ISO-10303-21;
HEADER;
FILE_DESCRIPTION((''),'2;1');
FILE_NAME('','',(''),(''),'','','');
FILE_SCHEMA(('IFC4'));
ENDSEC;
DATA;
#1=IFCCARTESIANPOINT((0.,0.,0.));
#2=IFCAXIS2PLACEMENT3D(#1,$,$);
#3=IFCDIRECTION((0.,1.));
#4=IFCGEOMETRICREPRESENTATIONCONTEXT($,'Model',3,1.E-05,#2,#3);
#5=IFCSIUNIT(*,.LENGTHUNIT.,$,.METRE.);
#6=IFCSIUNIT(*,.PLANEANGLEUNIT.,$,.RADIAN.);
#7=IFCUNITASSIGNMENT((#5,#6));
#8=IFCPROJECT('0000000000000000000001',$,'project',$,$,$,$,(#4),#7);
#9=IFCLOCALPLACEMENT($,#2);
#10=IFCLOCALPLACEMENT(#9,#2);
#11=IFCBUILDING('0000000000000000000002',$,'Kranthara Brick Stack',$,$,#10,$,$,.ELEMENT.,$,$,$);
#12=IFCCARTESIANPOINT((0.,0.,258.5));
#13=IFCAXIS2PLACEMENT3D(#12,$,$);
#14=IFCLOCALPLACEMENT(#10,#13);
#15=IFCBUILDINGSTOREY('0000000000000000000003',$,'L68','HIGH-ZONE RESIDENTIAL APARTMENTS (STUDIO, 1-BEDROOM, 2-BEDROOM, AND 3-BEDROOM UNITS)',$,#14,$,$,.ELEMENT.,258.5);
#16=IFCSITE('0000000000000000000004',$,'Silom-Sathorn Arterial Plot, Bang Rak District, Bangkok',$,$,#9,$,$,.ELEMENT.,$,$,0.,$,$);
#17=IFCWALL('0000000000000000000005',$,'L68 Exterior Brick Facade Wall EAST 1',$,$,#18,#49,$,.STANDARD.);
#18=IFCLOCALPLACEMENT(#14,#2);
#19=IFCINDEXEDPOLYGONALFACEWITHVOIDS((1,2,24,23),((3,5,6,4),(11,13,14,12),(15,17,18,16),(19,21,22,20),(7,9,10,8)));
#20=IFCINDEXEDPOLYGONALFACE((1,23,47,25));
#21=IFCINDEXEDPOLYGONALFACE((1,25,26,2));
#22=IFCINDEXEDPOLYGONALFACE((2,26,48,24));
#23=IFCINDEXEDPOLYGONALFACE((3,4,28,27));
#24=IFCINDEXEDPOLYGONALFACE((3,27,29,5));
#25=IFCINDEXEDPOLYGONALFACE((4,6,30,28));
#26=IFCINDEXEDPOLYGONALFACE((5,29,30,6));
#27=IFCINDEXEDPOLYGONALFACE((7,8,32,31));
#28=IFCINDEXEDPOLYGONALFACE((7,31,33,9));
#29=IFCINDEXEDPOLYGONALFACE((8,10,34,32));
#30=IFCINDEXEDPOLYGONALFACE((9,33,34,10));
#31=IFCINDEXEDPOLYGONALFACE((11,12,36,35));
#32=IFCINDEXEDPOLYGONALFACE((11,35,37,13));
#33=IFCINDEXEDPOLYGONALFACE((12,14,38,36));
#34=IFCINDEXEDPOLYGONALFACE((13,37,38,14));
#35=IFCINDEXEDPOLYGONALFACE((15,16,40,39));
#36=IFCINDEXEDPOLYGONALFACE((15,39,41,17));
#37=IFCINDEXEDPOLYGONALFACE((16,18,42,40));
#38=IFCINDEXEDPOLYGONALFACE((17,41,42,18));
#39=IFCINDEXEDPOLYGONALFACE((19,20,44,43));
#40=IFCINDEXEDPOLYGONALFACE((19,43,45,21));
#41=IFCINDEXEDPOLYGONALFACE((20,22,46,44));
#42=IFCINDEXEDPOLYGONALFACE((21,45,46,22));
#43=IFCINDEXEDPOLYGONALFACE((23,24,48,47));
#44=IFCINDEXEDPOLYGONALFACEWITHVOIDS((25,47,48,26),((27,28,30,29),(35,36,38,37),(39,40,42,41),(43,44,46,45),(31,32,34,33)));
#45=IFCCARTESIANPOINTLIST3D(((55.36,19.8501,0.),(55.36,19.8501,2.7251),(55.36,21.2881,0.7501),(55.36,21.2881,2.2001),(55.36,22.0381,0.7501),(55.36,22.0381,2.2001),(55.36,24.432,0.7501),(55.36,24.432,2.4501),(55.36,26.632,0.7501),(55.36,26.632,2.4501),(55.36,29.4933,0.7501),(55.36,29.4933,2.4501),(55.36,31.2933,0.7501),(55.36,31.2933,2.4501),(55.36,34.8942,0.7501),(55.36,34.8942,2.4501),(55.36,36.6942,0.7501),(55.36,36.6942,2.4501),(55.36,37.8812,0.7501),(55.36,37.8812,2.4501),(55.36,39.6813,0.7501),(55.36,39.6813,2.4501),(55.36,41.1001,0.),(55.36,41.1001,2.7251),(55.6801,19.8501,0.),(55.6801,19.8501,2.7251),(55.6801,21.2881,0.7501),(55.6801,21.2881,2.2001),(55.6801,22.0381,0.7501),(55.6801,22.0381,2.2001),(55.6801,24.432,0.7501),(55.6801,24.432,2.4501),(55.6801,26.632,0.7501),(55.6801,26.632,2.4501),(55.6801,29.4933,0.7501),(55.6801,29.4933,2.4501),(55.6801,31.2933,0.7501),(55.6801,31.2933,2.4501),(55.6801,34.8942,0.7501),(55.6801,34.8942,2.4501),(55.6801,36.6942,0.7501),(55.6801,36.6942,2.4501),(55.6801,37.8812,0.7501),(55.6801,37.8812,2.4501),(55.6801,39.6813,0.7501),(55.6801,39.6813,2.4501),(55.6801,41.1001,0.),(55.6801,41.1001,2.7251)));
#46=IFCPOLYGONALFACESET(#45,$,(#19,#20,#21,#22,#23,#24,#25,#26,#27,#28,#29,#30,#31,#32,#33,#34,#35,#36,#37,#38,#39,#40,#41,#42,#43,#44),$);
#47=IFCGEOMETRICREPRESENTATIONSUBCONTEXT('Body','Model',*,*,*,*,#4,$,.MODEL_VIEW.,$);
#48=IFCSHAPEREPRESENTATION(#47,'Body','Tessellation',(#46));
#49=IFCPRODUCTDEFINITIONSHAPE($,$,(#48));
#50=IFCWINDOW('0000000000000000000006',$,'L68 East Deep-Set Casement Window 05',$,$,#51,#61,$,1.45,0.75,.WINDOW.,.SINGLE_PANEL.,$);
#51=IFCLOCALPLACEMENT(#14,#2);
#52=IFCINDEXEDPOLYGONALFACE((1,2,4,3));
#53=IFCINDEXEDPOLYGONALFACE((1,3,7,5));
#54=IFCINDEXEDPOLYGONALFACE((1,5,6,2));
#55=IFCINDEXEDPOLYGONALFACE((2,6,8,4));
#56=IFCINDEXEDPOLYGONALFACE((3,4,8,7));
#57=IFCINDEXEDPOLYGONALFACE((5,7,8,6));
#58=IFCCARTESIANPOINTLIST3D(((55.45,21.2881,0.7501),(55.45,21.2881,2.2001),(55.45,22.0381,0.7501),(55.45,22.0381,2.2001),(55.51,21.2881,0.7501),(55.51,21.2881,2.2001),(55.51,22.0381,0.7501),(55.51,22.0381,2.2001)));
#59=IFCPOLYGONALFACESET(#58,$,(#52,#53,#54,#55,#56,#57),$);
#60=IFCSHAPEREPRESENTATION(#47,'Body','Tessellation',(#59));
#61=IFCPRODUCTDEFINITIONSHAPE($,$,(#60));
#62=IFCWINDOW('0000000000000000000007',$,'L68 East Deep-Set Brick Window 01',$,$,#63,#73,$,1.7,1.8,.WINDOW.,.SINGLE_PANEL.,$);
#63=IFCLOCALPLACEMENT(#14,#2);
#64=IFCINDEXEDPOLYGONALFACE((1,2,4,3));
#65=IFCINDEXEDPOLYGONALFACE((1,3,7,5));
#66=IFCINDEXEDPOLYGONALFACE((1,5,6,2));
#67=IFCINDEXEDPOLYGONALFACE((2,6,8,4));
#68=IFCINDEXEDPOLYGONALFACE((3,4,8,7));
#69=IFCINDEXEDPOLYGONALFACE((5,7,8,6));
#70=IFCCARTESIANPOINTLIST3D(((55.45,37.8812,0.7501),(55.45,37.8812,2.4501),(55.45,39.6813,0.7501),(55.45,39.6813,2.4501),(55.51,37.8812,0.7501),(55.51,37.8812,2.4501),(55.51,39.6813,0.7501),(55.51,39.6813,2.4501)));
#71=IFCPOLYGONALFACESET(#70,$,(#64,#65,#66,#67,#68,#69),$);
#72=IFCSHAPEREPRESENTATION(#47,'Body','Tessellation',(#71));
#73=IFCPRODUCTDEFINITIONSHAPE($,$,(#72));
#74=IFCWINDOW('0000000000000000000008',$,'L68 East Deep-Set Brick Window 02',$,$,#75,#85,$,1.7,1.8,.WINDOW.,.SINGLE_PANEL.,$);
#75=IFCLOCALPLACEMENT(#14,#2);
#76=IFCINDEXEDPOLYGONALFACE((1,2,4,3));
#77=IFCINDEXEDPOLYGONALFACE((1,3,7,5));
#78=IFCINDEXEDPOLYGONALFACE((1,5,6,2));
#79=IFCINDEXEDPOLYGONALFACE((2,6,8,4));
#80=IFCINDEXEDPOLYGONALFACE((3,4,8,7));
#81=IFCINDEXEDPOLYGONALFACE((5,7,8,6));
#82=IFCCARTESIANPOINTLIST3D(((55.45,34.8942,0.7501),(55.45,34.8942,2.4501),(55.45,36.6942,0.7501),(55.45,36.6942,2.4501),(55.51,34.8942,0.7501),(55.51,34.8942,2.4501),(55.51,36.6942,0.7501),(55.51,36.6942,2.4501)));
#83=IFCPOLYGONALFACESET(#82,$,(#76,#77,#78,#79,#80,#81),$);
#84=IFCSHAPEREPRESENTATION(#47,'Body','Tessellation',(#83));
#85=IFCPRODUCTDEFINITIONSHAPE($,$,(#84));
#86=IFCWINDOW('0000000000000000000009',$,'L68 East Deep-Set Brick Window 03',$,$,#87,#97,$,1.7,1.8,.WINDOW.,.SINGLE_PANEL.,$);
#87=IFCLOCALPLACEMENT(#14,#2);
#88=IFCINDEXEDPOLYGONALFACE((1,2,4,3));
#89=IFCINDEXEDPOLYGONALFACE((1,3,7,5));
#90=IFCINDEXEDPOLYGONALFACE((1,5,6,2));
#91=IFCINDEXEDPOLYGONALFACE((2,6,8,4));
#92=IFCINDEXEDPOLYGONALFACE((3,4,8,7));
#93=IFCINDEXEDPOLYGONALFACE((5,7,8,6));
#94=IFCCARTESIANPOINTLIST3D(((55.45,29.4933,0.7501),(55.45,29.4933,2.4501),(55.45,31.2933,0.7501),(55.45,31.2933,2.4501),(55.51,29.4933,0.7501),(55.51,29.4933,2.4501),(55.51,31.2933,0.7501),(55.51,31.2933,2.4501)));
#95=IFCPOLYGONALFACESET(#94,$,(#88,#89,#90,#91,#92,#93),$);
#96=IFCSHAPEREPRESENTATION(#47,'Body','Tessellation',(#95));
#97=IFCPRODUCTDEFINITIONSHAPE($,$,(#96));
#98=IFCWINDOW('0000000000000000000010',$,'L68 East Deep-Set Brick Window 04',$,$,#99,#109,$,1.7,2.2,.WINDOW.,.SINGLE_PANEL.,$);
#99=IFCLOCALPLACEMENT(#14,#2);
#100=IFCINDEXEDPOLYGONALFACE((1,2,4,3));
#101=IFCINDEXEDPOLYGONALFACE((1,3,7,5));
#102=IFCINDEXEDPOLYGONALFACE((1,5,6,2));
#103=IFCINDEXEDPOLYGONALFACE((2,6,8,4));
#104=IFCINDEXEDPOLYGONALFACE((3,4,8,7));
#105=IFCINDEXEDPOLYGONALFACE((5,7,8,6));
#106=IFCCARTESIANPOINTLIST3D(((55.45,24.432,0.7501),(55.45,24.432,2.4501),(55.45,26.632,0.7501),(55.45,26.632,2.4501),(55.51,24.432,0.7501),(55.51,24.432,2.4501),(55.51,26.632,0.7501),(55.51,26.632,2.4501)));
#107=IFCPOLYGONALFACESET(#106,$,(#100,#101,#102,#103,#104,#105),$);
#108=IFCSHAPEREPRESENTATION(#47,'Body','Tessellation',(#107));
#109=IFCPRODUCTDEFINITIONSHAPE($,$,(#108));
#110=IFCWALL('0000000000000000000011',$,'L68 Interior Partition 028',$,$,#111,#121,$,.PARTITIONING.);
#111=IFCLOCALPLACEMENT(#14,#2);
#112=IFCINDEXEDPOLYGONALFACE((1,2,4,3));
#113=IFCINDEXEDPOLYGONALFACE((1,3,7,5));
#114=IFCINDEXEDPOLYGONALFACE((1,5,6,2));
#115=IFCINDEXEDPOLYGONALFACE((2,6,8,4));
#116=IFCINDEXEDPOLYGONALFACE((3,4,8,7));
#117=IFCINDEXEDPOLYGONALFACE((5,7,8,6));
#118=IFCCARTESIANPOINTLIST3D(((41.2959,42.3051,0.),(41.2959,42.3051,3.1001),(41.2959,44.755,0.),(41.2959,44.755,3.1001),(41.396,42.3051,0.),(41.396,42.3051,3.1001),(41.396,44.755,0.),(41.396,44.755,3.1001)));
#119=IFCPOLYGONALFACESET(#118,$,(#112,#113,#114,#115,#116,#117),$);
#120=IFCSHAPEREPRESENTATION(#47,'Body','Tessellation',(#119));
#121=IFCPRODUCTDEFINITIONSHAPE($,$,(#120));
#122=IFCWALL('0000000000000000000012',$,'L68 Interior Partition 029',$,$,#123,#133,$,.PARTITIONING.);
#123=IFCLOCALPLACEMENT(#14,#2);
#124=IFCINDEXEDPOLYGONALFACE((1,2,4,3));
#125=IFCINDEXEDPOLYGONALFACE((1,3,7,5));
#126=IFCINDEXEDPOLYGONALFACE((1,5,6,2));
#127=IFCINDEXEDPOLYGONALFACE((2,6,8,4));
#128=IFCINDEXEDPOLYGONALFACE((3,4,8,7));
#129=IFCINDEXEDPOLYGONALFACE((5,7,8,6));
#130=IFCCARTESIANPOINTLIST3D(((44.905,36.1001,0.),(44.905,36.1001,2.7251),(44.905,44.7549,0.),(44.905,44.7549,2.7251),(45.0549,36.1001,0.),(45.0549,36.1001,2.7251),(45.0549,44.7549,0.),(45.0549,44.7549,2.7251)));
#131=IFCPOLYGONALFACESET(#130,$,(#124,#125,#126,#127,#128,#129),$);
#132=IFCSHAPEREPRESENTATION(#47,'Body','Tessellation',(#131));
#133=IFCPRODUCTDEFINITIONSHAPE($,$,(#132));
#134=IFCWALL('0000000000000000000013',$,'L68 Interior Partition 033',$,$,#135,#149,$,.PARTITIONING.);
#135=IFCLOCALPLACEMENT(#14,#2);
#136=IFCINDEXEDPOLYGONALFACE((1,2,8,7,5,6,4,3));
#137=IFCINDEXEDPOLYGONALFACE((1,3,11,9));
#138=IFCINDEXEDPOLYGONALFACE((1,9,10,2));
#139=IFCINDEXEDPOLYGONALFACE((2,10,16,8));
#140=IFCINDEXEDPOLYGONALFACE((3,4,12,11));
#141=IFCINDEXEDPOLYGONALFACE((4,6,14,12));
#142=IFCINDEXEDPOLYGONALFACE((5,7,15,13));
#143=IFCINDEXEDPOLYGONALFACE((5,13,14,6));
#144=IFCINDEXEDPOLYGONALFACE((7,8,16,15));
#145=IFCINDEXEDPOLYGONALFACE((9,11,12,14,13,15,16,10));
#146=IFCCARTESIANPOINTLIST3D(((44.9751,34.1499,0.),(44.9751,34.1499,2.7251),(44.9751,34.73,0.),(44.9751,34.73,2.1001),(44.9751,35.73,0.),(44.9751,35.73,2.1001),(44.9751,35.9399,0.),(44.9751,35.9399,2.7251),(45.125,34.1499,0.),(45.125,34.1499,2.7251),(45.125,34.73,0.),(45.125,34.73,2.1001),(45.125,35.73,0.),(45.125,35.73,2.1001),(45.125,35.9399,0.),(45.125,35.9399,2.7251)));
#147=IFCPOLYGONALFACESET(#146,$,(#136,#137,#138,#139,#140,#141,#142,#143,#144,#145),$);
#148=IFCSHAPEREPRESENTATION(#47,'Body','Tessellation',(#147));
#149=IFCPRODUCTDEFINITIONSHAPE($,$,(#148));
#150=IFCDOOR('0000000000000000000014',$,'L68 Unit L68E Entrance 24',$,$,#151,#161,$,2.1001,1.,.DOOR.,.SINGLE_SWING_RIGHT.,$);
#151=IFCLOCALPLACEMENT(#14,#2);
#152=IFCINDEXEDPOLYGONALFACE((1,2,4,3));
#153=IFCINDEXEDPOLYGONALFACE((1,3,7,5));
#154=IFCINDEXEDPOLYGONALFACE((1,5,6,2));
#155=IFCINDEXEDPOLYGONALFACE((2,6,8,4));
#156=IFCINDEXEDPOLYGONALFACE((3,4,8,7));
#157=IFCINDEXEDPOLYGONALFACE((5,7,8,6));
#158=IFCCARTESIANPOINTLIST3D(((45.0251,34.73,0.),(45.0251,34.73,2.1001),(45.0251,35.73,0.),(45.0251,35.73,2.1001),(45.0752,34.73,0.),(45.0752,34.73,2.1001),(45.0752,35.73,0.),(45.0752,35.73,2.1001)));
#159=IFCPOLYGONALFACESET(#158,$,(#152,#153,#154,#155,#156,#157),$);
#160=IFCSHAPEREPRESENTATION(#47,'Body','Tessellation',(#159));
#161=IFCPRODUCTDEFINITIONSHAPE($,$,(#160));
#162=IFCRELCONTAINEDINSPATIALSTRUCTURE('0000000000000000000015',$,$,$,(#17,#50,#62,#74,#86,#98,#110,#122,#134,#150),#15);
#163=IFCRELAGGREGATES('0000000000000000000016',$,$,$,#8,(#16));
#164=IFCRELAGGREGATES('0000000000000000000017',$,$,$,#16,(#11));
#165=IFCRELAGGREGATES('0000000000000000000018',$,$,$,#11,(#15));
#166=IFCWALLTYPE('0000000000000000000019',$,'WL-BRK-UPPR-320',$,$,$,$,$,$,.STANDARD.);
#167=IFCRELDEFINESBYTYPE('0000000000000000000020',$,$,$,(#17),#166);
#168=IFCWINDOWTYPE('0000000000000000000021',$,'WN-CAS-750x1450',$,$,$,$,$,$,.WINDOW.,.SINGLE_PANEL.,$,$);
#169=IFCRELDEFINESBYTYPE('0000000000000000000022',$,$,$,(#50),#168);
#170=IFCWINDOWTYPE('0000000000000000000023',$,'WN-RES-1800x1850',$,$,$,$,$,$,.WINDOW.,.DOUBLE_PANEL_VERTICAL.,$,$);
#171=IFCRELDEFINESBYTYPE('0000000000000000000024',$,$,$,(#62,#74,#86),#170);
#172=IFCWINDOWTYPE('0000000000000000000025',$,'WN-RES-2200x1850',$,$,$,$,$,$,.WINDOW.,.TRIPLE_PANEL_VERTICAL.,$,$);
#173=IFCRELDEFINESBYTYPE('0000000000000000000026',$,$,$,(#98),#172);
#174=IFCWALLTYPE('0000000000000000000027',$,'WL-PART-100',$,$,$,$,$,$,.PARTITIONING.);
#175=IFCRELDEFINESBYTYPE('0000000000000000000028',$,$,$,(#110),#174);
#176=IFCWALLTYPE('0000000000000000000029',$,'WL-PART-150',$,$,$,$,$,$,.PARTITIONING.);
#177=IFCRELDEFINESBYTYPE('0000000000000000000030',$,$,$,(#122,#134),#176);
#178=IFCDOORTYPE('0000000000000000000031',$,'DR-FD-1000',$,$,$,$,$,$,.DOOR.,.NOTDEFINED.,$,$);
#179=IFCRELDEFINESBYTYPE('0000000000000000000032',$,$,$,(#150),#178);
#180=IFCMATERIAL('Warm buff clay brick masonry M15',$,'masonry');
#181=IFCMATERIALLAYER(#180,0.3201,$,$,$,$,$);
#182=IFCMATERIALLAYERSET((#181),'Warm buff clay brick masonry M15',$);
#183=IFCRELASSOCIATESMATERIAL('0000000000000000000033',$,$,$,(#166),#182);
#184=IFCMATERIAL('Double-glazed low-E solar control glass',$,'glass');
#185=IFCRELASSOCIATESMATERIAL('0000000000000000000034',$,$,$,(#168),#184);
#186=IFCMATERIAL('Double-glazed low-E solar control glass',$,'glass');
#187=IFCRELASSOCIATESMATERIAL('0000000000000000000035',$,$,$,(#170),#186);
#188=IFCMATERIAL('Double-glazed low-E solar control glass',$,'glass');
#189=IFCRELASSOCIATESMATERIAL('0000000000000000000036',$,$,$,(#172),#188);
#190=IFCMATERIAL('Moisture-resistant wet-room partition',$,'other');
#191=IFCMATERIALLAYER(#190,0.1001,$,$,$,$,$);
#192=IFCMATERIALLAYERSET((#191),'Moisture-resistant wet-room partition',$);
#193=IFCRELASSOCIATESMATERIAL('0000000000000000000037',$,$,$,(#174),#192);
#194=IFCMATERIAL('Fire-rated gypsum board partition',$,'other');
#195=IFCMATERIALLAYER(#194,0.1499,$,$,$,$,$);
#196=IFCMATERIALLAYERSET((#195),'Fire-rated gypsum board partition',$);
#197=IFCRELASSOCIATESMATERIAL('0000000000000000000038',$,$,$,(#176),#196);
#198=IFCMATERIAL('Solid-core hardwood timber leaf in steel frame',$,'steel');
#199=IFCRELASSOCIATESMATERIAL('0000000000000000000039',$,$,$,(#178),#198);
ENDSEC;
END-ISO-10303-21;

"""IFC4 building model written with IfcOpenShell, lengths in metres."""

from ifc_helpers import new_model, si_unit, direction, frame, frame_2d, origin, place, context, subcontext, project, spatial, rectangle, extrude, material, layer, layer_set, type_object, element, fill, save


model = new_model("IFC4")

# Units and contexts
model_context = context("Model", 3, precision=1e-05, world=origin(), true_north=direction((0.0, 1.0)))
body_context = subcontext(model_context, "Body", "Model", "MODEL_VIEW")
ifc_project = project(units=[si_unit("LENGTHUNIT", "METRE"), si_unit("PLANEANGLEUNIT", "RADIAN")], contexts=[model_context])

# Site, building, storey
site_placement = place(None, origin())
site = spatial("IfcSite", under=ifc_project, at=site_placement, Name="Silom-Sathorn Arterial Plot, Bang Rak District, Bangkok", CompositionType="ELEMENT", RefElevation=0.0)
building_placement = place(site_placement, origin())
building = spatial("IfcBuilding", under=site, at=building_placement, Name="Kranthara Brick Stack", CompositionType="ELEMENT")
storey_placement = place(building_placement, frame((0.0, 0.0, 258.5)))
storey = spatial("IfcBuildingStorey", under=building, at=storey_placement, Name="L68", Description="HIGH-ZONE RESIDENTIAL APARTMENTS (STUDIO, 1-BEDROOM, 2-BEDROOM, AND 3-BEDROOM UNITS)", CompositionType="ELEMENT", Elevation=258.5)

# Shared definitions
ifc_material_1 = material(Name="Warm buff clay brick masonry M15", Category="masonry")
ifc_layer_1 = layer(ifc_material_1, 0.3201)
ifc_layer_set_1 = layer_set([ifc_layer_1], Name="Warm buff clay brick masonry M15")
wall_type_1 = type_object("IfcWallType", Name="WL-BRK-UPPR-320", PredefinedType="STANDARD", material=ifc_layer_set_1)

# Wall, openings, windows
wall_1_placement = place(storey_placement, frame((55.52, 41.1001, 0.0), z_axis=(0.0, 0.0, 1.0), x_axis=(0.0, -1.0, 0.0)))
wall_1 = element("IfcWall", 1, at=wall_1_placement, inside=storey, type_object=wall_type_1, Name="L68 Exterior Brick Facade Wall EAST 1", PredefinedType="STANDARD", context=body_context, shape_type="SweptSolid", body=[
    extrude(rectangle(XDim=21.25, YDim=0.3201, at=frame_2d((10.625, 0.0))), origin(), (0.0, 0.0, 1.0), 2.7251),
])
opening_1_placement = place(wall_1_placement, frame((1.4189, 0.0, 0.75)))
opening_1 = element("IfcOpeningElement", 2, at=opening_1_placement, cuts=wall_1, PredefinedType="OPENING", context=body_context, shape_type="SweptSolid", body=[
    extrude(rectangle(XDim=1.8, YDim=1.7, at=frame_2d((0.8999, 0.8501))), frame((0.0, 0.1699, 0.0), z_axis=(0.0, -1.0, 0.0), x_axis=(1.0, 0.0, 0.0)), (0.0, 0.0, 1.0), 0.3401),
])
opening_2_placement = place(wall_1_placement, frame((4.406, 0.0, 0.75)))
opening_2 = element("IfcOpeningElement", 3, at=opening_2_placement, cuts=wall_1, PredefinedType="OPENING", context=body_context, shape_type="SweptSolid", body=[
    extrude(rectangle(XDim=1.8, YDim=1.7, at=frame_2d((0.8999, 0.8501))), frame((0.0, 0.1699, 0.0), z_axis=(0.0, -1.0, 0.0), x_axis=(1.0, 0.0, 0.0)), (0.0, 0.0, 1.0), 0.3401),
])
opening_3_placement = place(wall_1_placement, frame((9.8069, 0.0, 0.75)))
opening_3 = element("IfcOpeningElement", 4, at=opening_3_placement, cuts=wall_1, PredefinedType="OPENING", context=body_context, shape_type="SweptSolid", body=[
    extrude(rectangle(XDim=1.8, YDim=1.7, at=frame_2d((0.8999, 0.8501))), frame((0.0, 0.1699, 0.0), z_axis=(0.0, -1.0, 0.0), x_axis=(1.0, 0.0, 0.0)), (0.0, 0.0, 1.0), 0.3401),
])
opening_4_placement = place(wall_1_placement, frame((14.468, 0.0, 0.75)))
opening_4 = element("IfcOpeningElement", 5, at=opening_4_placement, cuts=wall_1, PredefinedType="OPENING", context=body_context, shape_type="SweptSolid", body=[
    extrude(rectangle(XDim=2.2, YDim=1.7, at=frame_2d((1.1001, 0.8501))), frame((0.0, 0.1699, 0.0), z_axis=(0.0, -1.0, 0.0), x_axis=(1.0, 0.0, 0.0)), (0.0, 0.0, 1.0), 0.3401),
])
opening_5_placement = place(wall_1_placement, frame((19.062, 0.0, 0.75)))
opening_5 = element("IfcOpeningElement", 6, at=opening_5_placement, cuts=wall_1, PredefinedType="OPENING", context=body_context, shape_type="SweptSolid", body=[
    extrude(rectangle(XDim=0.75, YDim=1.45, at=frame_2d((0.375, 0.7251))), frame((0.0, 0.1699, 0.0), z_axis=(0.0, -1.0, 0.0), x_axis=(1.0, 0.0, 0.0)), (0.0, 0.0, 1.0), 0.3401),
])
ifc_material_2 = material(Name="Double-glazed low-E solar control glass", Category="glass")
window_type_1 = type_object("IfcWindowType", Name="WN-CAS-750x1450", PartitioningType="SINGLE_PANEL", PredefinedType="WINDOW", material=ifc_material_2)
window_1_placement = place(opening_5_placement, origin())
window_1 = element("IfcWindow", 7, at=window_1_placement, inside=storey, type_object=window_type_1, Name="L68 East Deep-Set Casement Window 05", OverallHeight=1.45, OverallWidth=0.75, PartitioningType="SINGLE_PANEL", PredefinedType="WINDOW", context=body_context, shape_type="SweptSolid", body=[
    extrude(rectangle(XDim=0.75, YDim=1.45, at=frame_2d((0.375, 0.7251))), frame((0.0, -0.01, 0.0), z_axis=(0.0, -1.0, 0.0), x_axis=(1.0, 0.0, 0.0)), (0.0, 0.0, 1.0), 0.0601),
])
fill(opening_5, window_1)
ifc_material_3 = material(Name="Double-glazed low-E solar control glass", Category="glass")
window_type_2 = type_object("IfcWindowType", Name="WN-RES-1800x1850", PartitioningType="DOUBLE_PANEL_VERTICAL", PredefinedType="WINDOW", material=ifc_material_3)
window_2_placement = place(opening_1_placement, origin())
window_2 = element("IfcWindow", 8, at=window_2_placement, inside=storey, type_object=window_type_2, Name="L68 East Deep-Set Brick Window 01", OverallHeight=1.7, OverallWidth=1.8, PartitioningType="SINGLE_PANEL", PredefinedType="WINDOW", context=body_context, shape_type="SweptSolid", body=[
    extrude(rectangle(XDim=1.8, YDim=1.7, at=frame_2d((0.8999, 0.8501))), frame((0.0, -0.01, 0.0), z_axis=(0.0, -1.0, 0.0), x_axis=(1.0, 0.0, 0.0)), (0.0, 0.0, 1.0), 0.0601),
])
fill(opening_1, window_2)
window_3_placement = place(opening_2_placement, origin())
window_3 = element("IfcWindow", 9, at=window_3_placement, inside=storey, type_object=window_type_2, Name="L68 East Deep-Set Brick Window 02", OverallHeight=1.7, OverallWidth=1.8, PartitioningType="SINGLE_PANEL", PredefinedType="WINDOW", context=body_context, shape_type="SweptSolid", body=[
    extrude(rectangle(XDim=1.8, YDim=1.7, at=frame_2d((0.8999, 0.8501))), frame((0.0, -0.01, 0.0), z_axis=(0.0, -1.0, 0.0), x_axis=(1.0, 0.0, 0.0)), (0.0, 0.0, 1.0), 0.0601),
])
fill(opening_2, window_3)
window_4_placement = place(opening_3_placement, origin())
window_4 = element("IfcWindow", 10, at=window_4_placement, inside=storey, type_object=window_type_2, Name="L68 East Deep-Set Brick Window 03", OverallHeight=1.7, OverallWidth=1.8, PartitioningType="SINGLE_PANEL", PredefinedType="WINDOW", context=body_context, shape_type="SweptSolid", body=[
    extrude(rectangle(XDim=1.8, YDim=1.7, at=frame_2d((0.8999, 0.8501))), frame((0.0, -0.01, 0.0), z_axis=(0.0, -1.0, 0.0), x_axis=(1.0, 0.0, 0.0)), (0.0, 0.0, 1.0), 0.0601),
])
fill(opening_3, window_4)
ifc_material_4 = material(Name="Double-glazed low-E solar control glass", Category="glass")
window_type_3 = type_object("IfcWindowType", Name="WN-RES-2200x1850", PartitioningType="TRIPLE_PANEL_VERTICAL", PredefinedType="WINDOW", material=ifc_material_4)
window_5_placement = place(opening_4_placement, origin())
window_5 = element("IfcWindow", 11, at=window_5_placement, inside=storey, type_object=window_type_3, Name="L68 East Deep-Set Brick Window 04", OverallHeight=1.7, OverallWidth=2.2, PartitioningType="SINGLE_PANEL", PredefinedType="WINDOW", context=body_context, shape_type="SweptSolid", body=[
    extrude(rectangle(XDim=2.2, YDim=1.7, at=frame_2d((1.1001, 0.8501))), frame((0.0, -0.01, 0.0), z_axis=(0.0, -1.0, 0.0), x_axis=(1.0, 0.0, 0.0)), (0.0, 0.0, 1.0), 0.0601),
])
fill(opening_4, window_5)

# Walls
ifc_material_5 = material(Name="Moisture-resistant wet-room partition", Category="other")
ifc_layer_2 = layer(ifc_material_5, 0.1001)
ifc_layer_set_2 = layer_set([ifc_layer_2], Name="Moisture-resistant wet-room partition")
wall_type_2 = type_object("IfcWallType", Name="WL-PART-100", PredefinedType="PARTITIONING", material=ifc_layer_set_2)
wall_2_placement = place(storey_placement, frame((41.3459, 42.3049, 0.0), z_axis=(0.0, 0.0, 1.0), x_axis=(0.0, 1.0, 0.0)))
element("IfcWall", 12, at=wall_2_placement, inside=storey, type_object=wall_type_2, Name="L68 Interior Partition 028", PredefinedType="PARTITIONING", context=body_context, shape_type="SweptSolid", body=[
    extrude(rectangle(XDim=2.45, YDim=0.1001, at=frame_2d((1.2251, 0.0))), origin(), (0.0, 0.0, 1.0), 3.1001),
])
ifc_material_6 = material(Name="Fire-rated gypsum board partition", Category="other")
ifc_layer_3 = layer(ifc_material_6, 0.1499)
ifc_layer_set_3 = layer_set([ifc_layer_3], Name="Fire-rated gypsum board partition")
wall_type_3 = type_object("IfcWallType", Name="WL-PART-150", PredefinedType="PARTITIONING", material=ifc_layer_set_3)
wall_3_placement = place(storey_placement, frame((44.98, 36.1001, 0.0), z_axis=(0.0, 0.0, 1.0), x_axis=(0.0, 1.0, 0.0)))
element("IfcWall", 13, at=wall_3_placement, inside=storey, type_object=wall_type_3, Name="L68 Interior Partition 029", PredefinedType="PARTITIONING", context=body_context, shape_type="SweptSolid", body=[
    extrude(rectangle(XDim=8.6548, YDim=0.1499, at=frame_2d((4.3274, 0.0))), origin(), (0.0, 0.0, 1.0), 2.7251),
])

# Wall, opening, door
wall_4_placement = place(storey_placement, frame((45.05, 34.1499, 0.0), z_axis=(0.0, 0.0, 1.0), x_axis=(0.0, 1.0, 0.0)))
wall_4 = element("IfcWall", 14, at=wall_4_placement, inside=storey, type_object=wall_type_3, Name="L68 Interior Partition 033", PredefinedType="PARTITIONING", context=body_context, shape_type="SweptSolid", body=[
    extrude(rectangle(XDim=1.79, YDim=0.1499, at=frame_2d((0.895, 0.0))), origin(), (0.0, 0.0, 1.0), 2.7251),
])
opening_6_placement = place(wall_4_placement, frame((0.5801, 0.0, 0.0)))
opening_6 = element("IfcOpeningElement", 15, at=opening_6_placement, cuts=wall_4, PredefinedType="OPENING", context=body_context, shape_type="SweptSolid", body=[
    extrude(rectangle(XDim=1.0, YDim=2.1001, at=frame_2d((0.5, 1.05))), frame((0.0, 0.085, 0.0), z_axis=(0.0, -1.0, 0.0), x_axis=(1.0, 0.0, 0.0)), (0.0, 0.0, 1.0), 0.1699),
])
ifc_material_7 = material(Name="Solid-core hardwood timber leaf in steel frame", Category="steel")
door_type = type_object("IfcDoorType", Name="DR-FD-1000", OperationType="NOTDEFINED", PredefinedType="DOOR", material=ifc_material_7)
door_placement = place(opening_6_placement, origin())
door = element("IfcDoor", 16, at=door_placement, inside=storey, type_object=door_type, Name="L68 Unit L68E Entrance 24", OperationType="SINGLE_SWING_RIGHT", OverallHeight=2.1001, OverallWidth=1.0, PredefinedType="DOOR", context=body_context, shape_type="SweptSolid", body=[
    extrude(rectangle(XDim=1.0, YDim=2.1001, at=frame_2d((0.5, 1.05))), frame((0.0, 0.0249, 0.0), z_axis=(0.0, -1.0, 0.0), x_axis=(1.0, 0.0, 0.0)), (0.0, 0.0, 1.0), 0.05),
])
fill(opening_6, door)

save(model, "model.ifc")
